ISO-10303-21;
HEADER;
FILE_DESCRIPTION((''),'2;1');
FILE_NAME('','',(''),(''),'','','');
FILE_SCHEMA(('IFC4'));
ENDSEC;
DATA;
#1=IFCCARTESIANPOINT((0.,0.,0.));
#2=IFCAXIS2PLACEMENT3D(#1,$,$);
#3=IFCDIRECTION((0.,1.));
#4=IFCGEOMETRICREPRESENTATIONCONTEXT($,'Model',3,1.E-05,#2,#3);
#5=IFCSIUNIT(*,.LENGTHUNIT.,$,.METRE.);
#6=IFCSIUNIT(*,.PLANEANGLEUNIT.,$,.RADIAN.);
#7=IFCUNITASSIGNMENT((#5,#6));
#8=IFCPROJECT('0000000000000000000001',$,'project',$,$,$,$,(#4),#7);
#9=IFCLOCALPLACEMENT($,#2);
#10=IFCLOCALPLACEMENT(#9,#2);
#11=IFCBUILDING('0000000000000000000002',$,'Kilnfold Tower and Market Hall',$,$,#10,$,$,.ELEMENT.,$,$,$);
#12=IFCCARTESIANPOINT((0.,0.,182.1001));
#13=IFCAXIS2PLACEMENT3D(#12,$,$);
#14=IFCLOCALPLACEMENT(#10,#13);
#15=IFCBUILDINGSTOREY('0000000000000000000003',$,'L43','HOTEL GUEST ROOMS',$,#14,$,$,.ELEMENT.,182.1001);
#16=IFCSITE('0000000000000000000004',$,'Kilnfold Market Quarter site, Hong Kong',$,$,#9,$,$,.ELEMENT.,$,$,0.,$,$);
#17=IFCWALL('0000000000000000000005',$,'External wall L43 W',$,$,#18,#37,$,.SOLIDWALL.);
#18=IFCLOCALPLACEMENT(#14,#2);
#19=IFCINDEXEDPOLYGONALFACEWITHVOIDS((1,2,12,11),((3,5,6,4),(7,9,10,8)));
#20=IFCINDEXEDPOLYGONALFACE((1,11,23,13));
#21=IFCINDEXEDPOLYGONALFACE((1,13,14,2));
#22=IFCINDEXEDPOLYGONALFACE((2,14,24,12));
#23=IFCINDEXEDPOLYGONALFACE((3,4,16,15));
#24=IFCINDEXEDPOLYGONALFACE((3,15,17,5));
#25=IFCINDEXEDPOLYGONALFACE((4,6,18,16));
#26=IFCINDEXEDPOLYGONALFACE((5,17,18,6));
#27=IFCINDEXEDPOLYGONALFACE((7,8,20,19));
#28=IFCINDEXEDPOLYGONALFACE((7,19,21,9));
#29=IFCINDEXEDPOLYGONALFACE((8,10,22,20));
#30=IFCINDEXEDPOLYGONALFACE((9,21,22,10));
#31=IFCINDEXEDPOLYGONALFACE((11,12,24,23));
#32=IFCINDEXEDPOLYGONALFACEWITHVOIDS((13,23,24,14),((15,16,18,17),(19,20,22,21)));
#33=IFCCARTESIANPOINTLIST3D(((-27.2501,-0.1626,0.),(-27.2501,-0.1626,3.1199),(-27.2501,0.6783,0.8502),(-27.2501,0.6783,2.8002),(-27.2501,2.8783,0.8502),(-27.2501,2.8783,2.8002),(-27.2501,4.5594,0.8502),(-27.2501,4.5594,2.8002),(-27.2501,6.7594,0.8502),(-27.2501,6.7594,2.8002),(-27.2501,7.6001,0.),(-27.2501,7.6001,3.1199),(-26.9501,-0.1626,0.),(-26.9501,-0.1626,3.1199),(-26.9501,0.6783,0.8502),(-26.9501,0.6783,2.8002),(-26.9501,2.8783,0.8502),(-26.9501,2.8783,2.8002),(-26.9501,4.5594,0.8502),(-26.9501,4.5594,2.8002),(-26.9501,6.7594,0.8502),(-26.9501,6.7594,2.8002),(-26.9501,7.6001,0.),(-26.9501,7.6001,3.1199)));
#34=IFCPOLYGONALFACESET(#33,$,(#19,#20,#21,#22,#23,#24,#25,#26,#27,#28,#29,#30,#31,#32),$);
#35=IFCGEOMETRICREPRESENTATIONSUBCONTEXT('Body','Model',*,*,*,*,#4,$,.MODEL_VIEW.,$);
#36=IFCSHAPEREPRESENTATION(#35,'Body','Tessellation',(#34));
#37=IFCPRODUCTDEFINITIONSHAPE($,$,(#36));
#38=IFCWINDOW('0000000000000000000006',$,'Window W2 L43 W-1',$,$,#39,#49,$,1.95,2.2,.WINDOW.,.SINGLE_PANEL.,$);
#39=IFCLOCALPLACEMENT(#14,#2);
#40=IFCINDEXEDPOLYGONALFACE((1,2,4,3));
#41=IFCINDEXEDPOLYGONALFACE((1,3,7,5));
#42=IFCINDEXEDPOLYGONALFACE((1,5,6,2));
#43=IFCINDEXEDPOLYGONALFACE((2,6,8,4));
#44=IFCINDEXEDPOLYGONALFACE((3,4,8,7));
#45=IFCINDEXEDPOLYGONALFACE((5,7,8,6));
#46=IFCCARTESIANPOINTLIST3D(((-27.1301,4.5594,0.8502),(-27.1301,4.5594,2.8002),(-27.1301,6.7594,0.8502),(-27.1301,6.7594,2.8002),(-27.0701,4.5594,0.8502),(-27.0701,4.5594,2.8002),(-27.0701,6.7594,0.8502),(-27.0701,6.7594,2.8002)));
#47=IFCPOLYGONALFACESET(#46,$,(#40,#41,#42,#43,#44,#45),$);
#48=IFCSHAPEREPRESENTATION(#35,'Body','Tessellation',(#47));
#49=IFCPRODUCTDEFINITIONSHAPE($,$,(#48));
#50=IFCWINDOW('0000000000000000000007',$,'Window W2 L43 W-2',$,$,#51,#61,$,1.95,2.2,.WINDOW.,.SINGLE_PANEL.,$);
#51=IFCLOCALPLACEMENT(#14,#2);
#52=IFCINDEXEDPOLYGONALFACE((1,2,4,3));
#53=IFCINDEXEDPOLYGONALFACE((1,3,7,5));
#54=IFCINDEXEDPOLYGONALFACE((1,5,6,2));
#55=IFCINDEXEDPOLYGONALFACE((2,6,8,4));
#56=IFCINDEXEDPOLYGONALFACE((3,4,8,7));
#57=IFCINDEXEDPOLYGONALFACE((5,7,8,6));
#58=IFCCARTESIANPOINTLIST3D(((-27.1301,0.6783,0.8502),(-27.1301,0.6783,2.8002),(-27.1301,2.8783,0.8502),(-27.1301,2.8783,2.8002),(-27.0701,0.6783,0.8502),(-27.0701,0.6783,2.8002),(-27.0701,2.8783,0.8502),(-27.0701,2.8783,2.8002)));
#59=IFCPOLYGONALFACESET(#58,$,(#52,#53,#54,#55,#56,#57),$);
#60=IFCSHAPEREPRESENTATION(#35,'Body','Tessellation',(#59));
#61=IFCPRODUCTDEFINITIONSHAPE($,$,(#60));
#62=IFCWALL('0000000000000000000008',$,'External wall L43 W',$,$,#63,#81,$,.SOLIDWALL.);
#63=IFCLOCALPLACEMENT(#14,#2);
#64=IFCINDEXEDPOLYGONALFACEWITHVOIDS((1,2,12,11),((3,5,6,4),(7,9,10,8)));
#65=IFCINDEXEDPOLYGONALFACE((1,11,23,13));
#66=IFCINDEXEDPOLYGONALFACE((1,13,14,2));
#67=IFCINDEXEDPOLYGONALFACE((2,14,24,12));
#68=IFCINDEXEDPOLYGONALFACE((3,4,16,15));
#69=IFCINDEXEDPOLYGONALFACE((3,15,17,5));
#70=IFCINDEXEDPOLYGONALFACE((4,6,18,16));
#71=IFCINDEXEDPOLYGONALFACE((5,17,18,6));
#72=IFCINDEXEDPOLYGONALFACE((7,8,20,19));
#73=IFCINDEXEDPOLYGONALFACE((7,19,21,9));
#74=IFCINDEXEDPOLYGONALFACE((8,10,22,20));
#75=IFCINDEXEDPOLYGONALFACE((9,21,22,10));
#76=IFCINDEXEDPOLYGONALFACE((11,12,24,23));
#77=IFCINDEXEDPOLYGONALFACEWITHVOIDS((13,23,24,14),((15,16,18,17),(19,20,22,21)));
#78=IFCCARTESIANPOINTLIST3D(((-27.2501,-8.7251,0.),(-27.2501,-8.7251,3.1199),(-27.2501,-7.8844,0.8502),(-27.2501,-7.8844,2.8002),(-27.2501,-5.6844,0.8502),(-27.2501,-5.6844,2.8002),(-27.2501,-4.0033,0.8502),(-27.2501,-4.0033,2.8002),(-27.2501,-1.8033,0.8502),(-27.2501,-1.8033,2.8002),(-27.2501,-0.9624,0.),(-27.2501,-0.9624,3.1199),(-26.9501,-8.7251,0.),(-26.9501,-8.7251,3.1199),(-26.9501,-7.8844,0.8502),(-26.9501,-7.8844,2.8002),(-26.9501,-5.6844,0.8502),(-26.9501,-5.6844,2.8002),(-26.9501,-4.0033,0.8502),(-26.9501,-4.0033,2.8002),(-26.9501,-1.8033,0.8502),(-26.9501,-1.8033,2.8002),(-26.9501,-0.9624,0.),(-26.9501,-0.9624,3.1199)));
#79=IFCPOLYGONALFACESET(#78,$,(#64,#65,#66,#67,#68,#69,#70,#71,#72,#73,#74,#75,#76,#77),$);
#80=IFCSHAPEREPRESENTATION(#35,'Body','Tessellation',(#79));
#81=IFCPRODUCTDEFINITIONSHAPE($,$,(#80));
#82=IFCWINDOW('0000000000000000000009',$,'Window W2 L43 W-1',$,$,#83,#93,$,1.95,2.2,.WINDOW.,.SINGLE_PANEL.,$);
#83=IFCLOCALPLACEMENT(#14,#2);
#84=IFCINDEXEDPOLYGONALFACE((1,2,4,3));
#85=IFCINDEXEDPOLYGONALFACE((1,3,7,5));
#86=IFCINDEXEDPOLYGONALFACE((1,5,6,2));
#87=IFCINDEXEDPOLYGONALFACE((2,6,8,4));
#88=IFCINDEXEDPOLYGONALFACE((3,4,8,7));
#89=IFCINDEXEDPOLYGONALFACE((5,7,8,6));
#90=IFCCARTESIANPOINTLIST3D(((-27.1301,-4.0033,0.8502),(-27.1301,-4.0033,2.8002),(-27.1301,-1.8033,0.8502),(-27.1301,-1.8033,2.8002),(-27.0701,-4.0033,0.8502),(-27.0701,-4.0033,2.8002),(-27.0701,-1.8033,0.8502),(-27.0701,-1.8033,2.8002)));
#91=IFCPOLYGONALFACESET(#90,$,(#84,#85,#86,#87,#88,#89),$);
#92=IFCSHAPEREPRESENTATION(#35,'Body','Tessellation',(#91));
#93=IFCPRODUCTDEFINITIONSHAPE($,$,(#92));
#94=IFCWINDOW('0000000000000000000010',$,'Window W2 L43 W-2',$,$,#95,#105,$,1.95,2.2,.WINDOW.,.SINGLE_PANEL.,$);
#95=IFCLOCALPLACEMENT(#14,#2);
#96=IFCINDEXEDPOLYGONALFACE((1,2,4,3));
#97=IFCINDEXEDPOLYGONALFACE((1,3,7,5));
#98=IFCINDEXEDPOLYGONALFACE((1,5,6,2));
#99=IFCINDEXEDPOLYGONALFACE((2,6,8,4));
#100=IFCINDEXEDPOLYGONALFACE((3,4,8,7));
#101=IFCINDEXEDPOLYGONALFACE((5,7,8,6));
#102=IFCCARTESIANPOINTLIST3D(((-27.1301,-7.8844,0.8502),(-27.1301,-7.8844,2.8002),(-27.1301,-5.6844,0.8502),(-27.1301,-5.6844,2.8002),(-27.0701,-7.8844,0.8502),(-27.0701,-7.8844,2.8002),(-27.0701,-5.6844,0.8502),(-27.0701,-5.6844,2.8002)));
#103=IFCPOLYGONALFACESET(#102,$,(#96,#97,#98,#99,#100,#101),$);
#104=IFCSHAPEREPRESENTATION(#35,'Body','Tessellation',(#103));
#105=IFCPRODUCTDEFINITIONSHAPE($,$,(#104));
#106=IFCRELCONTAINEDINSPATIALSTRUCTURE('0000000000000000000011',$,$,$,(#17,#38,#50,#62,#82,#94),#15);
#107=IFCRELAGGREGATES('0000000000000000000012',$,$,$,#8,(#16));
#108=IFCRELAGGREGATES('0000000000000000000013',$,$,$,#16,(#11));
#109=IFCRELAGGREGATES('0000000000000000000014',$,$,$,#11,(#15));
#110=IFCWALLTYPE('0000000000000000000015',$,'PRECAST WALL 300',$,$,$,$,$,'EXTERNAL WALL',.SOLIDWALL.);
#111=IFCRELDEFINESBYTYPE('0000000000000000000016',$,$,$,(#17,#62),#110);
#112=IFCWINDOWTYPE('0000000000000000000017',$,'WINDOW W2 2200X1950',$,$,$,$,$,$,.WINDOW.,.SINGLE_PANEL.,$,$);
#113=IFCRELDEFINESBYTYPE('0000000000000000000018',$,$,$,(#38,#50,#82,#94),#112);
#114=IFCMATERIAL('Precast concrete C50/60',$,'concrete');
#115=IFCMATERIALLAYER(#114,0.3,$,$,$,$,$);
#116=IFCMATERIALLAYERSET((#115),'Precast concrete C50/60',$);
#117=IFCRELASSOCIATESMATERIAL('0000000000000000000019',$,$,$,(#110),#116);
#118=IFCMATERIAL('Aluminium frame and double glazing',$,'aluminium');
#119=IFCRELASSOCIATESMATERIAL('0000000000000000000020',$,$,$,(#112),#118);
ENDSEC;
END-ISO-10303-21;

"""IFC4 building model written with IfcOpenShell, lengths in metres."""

from ifc_helpers import new_model, si_unit, direction, frame, frame_2d, origin, place, context, subcontext, project, spatial, rectangle, extrude, source, transform, mapped, material, layer, layer_set, type_object, element, fill, save


model = new_model("IFC4")

# Units and contexts
model_context = context("Model", 3, precision=1e-05, world=origin(), true_north=direction((0.0, 1.0)))
body_context = subcontext(model_context, "Body", "Model", "MODEL_VIEW")
ifc_project = project(units=[si_unit("LENGTHUNIT", "METRE"), si_unit("PLANEANGLEUNIT", "RADIAN")], contexts=[model_context])

# Site, building, storey
site_placement = place(None, origin())
site = spatial("IfcSite", under=ifc_project, at=site_placement, Name="Kilnfold Market Quarter site, Hong Kong", CompositionType="ELEMENT", RefElevation=0.0)
building_placement = place(site_placement, origin())
building = spatial("IfcBuilding", under=site, at=building_placement, Name="Kilnfold Tower and Market Hall", CompositionType="ELEMENT")
storey_placement = place(building_placement, frame((0.0, 0.0, 182.1001)))
storey = spatial("IfcBuildingStorey", under=building, at=storey_placement, Name="L43", Description="HOTEL GUEST ROOMS", CompositionType="ELEMENT", Elevation=182.1001)

# Walls, openings, windows
ifc_material_1 = material(Name="Precast concrete C50/60", Category="concrete")
ifc_layer_1 = layer(ifc_material_1, 0.3)
ifc_layer_set_1 = layer_set([ifc_layer_1], Name="Precast concrete C50/60")
wall_type_1 = type_object("IfcWallType", Name="PRECAST WALL 300", ElementType="EXTERNAL WALL", PredefinedType="SOLIDWALL", material=ifc_layer_set_1)
shared_shape_1 = source(origin(), body_context, "Body", "SweptSolid", [
    extrude(rectangle(XDim=7.7627, YDim=0.3, at=frame_2d((3.8813, 0.0))), origin(), (0.0, 0.0, 1.0), 3.1199),
])
wall_1_placement = place(storey_placement, frame((-27.1001, 7.6001, 0.0), z_axis=(0.0, 0.0, 1.0), x_axis=(0.0, -1.0, 0.0)))
wall_1 = element("IfcWall", 1, at=wall_1_placement, inside=storey, type_object=wall_type_1, Name="External wall L43 W", PredefinedType="SOLIDWALL", context=body_context, shape_type="MappedRepresentation", body=[
    mapped(shared_shape_1, transform((0.0, 0.0, 0.0))),
])
opening_1_placement = place(wall_1_placement, frame((0.8406, 0.0, 0.8501)))
opening_1 = element("IfcOpeningElement", 2, at=opening_1_placement, cuts=wall_1, PredefinedType="OPENING", context=body_context, shape_type="SweptSolid", body=[
    extrude(rectangle(XDim=2.2, YDim=1.95, at=frame_2d((1.1001, 0.9751))), frame((0.0, 0.1602, 0.0), z_axis=(0.0, -1.0, 0.0), x_axis=(1.0, 0.0, 0.0)), (0.0, 0.0, 1.0), 0.3201),
])
opening_2_placement = place(wall_1_placement, frame((4.7217, 0.0, 0.8501)))
opening_2 = element("IfcOpeningElement", 3, at=opening_2_placement, cuts=wall_1, PredefinedType="OPENING", context=body_context, shape_type="SweptSolid", body=[
    extrude(rectangle(XDim=2.2, YDim=1.95, at=frame_2d((1.1001, 0.9751))), frame((0.0, 0.1602, 0.0), z_axis=(0.0, -1.0, 0.0), x_axis=(1.0, 0.0, 0.0)), (0.0, 0.0, 1.0), 0.3201),
])
ifc_material_2 = material(Name="Aluminium frame and double glazing", Category="aluminium")
window_type = type_object("IfcWindowType", Name="WINDOW W2 2200X1950", PartitioningType="SINGLE_PANEL", PredefinedType="WINDOW", material=ifc_material_2)
window_1_placement = place(opening_1_placement, origin())
window_1 = element("IfcWindow", 4, at=window_1_placement, inside=storey, type_object=window_type, Name="Window W2 L43 W-1", OverallHeight=1.95, OverallWidth=2.2, PartitioningType="SINGLE_PANEL", PredefinedType="WINDOW", context=body_context, shape_type="SweptSolid", body=[
    extrude(rectangle(XDim=2.2, YDim=1.95, at=frame_2d((1.1001, 0.9751))), frame((0.0, 0.03, 0.0), z_axis=(0.0, -1.0, 0.0), x_axis=(1.0, 0.0, 0.0)), (0.0, 0.0, 1.0), 0.0601),
])
fill(opening_1, window_1)
window_2_placement = place(opening_2_placement, origin())
window_2 = element("IfcWindow", 5, at=window_2_placement, inside=storey, type_object=window_type, Name="Window W2 L43 W-2", OverallHeight=1.95, OverallWidth=2.2, PartitioningType="SINGLE_PANEL", PredefinedType="WINDOW", context=body_context, shape_type="SweptSolid", body=[
    extrude(rectangle(XDim=2.2, YDim=1.95, at=frame_2d((1.1001, 0.9751))), frame((0.0, 0.03, 0.0), z_axis=(0.0, -1.0, 0.0), x_axis=(1.0, 0.0, 0.0)), (0.0, 0.0, 1.0), 0.0601),
])
fill(opening_2, window_2)
wall_2_placement = place(storey_placement, frame((-27.1001, -0.9624, 0.0), z_axis=(0.0, 0.0, 1.0), x_axis=(0.0, -1.0, 0.0)))
wall_2 = element("IfcWall", 6, at=wall_2_placement, inside=storey, type_object=wall_type_1, Name="External wall L43 W", PredefinedType="SOLIDWALL", context=body_context, shape_type="MappedRepresentation", body=[
    mapped(shared_shape_1, transform((0.0, 0.0, 0.0))),
])
opening_3_placement = place(wall_2_placement, frame((0.8408, 0.0, 0.8501)))
opening_3 = element("IfcOpeningElement", 7, at=opening_3_placement, cuts=wall_2, PredefinedType="OPENING", context=body_context, shape_type="SweptSolid", body=[
    extrude(rectangle(XDim=2.2, YDim=1.95, at=frame_2d((1.1001, 0.9751))), frame((0.0, 0.1602, 0.0), z_axis=(0.0, -1.0, 0.0), x_axis=(1.0, 0.0, 0.0)), (0.0, 0.0, 1.0), 0.3201),
])
opening_4_placement = place(wall_2_placement, frame((4.7219, 0.0, 0.8501)))
opening_4 = element("IfcOpeningElement", 8, at=opening_4_placement, cuts=wall_2, PredefinedType="OPENING", context=body_context, shape_type="SweptSolid", body=[
    extrude(rectangle(XDim=2.2, YDim=1.95, at=frame_2d((1.1001, 0.9751))), frame((0.0, 0.1602, 0.0), z_axis=(0.0, -1.0, 0.0), x_axis=(1.0, 0.0, 0.0)), (0.0, 0.0, 1.0), 0.3201),
])
window_3_placement = place(opening_3_placement, origin())
window_3 = element("IfcWindow", 9, at=window_3_placement, inside=storey, type_object=window_type, Name="Window W2 L43 W-1", OverallHeight=1.95, OverallWidth=2.2, PartitioningType="SINGLE_PANEL", PredefinedType="WINDOW", context=body_context, shape_type="SweptSolid", body=[
    extrude(rectangle(XDim=2.2, YDim=1.95, at=frame_2d((1.1001, 0.9751))), frame((0.0, 0.03, 0.0), z_axis=(0.0, -1.0, 0.0), x_axis=(1.0, 0.0, 0.0)), (0.0, 0.0, 1.0), 0.0601),
])
fill(opening_3, window_3)
window_4_placement = place(opening_4_placement, origin())
window_4 = element("IfcWindow", 10, at=window_4_placement, inside=storey, type_object=window_type, Name="Window W2 L43 W-2", OverallHeight=1.95, OverallWidth=2.2, PartitioningType="SINGLE_PANEL", PredefinedType="WINDOW", context=body_context, shape_type="SweptSolid", body=[
    extrude(rectangle(XDim=2.2, YDim=1.95, at=frame_2d((1.1001, 0.9751))), frame((0.0, 0.03, 0.0), z_axis=(0.0, -1.0, 0.0), x_axis=(1.0, 0.0, 0.0)), (0.0, 0.0, 1.0), 0.0601),
])
fill(opening_4, window_4)

save(model, "model.ifc")
